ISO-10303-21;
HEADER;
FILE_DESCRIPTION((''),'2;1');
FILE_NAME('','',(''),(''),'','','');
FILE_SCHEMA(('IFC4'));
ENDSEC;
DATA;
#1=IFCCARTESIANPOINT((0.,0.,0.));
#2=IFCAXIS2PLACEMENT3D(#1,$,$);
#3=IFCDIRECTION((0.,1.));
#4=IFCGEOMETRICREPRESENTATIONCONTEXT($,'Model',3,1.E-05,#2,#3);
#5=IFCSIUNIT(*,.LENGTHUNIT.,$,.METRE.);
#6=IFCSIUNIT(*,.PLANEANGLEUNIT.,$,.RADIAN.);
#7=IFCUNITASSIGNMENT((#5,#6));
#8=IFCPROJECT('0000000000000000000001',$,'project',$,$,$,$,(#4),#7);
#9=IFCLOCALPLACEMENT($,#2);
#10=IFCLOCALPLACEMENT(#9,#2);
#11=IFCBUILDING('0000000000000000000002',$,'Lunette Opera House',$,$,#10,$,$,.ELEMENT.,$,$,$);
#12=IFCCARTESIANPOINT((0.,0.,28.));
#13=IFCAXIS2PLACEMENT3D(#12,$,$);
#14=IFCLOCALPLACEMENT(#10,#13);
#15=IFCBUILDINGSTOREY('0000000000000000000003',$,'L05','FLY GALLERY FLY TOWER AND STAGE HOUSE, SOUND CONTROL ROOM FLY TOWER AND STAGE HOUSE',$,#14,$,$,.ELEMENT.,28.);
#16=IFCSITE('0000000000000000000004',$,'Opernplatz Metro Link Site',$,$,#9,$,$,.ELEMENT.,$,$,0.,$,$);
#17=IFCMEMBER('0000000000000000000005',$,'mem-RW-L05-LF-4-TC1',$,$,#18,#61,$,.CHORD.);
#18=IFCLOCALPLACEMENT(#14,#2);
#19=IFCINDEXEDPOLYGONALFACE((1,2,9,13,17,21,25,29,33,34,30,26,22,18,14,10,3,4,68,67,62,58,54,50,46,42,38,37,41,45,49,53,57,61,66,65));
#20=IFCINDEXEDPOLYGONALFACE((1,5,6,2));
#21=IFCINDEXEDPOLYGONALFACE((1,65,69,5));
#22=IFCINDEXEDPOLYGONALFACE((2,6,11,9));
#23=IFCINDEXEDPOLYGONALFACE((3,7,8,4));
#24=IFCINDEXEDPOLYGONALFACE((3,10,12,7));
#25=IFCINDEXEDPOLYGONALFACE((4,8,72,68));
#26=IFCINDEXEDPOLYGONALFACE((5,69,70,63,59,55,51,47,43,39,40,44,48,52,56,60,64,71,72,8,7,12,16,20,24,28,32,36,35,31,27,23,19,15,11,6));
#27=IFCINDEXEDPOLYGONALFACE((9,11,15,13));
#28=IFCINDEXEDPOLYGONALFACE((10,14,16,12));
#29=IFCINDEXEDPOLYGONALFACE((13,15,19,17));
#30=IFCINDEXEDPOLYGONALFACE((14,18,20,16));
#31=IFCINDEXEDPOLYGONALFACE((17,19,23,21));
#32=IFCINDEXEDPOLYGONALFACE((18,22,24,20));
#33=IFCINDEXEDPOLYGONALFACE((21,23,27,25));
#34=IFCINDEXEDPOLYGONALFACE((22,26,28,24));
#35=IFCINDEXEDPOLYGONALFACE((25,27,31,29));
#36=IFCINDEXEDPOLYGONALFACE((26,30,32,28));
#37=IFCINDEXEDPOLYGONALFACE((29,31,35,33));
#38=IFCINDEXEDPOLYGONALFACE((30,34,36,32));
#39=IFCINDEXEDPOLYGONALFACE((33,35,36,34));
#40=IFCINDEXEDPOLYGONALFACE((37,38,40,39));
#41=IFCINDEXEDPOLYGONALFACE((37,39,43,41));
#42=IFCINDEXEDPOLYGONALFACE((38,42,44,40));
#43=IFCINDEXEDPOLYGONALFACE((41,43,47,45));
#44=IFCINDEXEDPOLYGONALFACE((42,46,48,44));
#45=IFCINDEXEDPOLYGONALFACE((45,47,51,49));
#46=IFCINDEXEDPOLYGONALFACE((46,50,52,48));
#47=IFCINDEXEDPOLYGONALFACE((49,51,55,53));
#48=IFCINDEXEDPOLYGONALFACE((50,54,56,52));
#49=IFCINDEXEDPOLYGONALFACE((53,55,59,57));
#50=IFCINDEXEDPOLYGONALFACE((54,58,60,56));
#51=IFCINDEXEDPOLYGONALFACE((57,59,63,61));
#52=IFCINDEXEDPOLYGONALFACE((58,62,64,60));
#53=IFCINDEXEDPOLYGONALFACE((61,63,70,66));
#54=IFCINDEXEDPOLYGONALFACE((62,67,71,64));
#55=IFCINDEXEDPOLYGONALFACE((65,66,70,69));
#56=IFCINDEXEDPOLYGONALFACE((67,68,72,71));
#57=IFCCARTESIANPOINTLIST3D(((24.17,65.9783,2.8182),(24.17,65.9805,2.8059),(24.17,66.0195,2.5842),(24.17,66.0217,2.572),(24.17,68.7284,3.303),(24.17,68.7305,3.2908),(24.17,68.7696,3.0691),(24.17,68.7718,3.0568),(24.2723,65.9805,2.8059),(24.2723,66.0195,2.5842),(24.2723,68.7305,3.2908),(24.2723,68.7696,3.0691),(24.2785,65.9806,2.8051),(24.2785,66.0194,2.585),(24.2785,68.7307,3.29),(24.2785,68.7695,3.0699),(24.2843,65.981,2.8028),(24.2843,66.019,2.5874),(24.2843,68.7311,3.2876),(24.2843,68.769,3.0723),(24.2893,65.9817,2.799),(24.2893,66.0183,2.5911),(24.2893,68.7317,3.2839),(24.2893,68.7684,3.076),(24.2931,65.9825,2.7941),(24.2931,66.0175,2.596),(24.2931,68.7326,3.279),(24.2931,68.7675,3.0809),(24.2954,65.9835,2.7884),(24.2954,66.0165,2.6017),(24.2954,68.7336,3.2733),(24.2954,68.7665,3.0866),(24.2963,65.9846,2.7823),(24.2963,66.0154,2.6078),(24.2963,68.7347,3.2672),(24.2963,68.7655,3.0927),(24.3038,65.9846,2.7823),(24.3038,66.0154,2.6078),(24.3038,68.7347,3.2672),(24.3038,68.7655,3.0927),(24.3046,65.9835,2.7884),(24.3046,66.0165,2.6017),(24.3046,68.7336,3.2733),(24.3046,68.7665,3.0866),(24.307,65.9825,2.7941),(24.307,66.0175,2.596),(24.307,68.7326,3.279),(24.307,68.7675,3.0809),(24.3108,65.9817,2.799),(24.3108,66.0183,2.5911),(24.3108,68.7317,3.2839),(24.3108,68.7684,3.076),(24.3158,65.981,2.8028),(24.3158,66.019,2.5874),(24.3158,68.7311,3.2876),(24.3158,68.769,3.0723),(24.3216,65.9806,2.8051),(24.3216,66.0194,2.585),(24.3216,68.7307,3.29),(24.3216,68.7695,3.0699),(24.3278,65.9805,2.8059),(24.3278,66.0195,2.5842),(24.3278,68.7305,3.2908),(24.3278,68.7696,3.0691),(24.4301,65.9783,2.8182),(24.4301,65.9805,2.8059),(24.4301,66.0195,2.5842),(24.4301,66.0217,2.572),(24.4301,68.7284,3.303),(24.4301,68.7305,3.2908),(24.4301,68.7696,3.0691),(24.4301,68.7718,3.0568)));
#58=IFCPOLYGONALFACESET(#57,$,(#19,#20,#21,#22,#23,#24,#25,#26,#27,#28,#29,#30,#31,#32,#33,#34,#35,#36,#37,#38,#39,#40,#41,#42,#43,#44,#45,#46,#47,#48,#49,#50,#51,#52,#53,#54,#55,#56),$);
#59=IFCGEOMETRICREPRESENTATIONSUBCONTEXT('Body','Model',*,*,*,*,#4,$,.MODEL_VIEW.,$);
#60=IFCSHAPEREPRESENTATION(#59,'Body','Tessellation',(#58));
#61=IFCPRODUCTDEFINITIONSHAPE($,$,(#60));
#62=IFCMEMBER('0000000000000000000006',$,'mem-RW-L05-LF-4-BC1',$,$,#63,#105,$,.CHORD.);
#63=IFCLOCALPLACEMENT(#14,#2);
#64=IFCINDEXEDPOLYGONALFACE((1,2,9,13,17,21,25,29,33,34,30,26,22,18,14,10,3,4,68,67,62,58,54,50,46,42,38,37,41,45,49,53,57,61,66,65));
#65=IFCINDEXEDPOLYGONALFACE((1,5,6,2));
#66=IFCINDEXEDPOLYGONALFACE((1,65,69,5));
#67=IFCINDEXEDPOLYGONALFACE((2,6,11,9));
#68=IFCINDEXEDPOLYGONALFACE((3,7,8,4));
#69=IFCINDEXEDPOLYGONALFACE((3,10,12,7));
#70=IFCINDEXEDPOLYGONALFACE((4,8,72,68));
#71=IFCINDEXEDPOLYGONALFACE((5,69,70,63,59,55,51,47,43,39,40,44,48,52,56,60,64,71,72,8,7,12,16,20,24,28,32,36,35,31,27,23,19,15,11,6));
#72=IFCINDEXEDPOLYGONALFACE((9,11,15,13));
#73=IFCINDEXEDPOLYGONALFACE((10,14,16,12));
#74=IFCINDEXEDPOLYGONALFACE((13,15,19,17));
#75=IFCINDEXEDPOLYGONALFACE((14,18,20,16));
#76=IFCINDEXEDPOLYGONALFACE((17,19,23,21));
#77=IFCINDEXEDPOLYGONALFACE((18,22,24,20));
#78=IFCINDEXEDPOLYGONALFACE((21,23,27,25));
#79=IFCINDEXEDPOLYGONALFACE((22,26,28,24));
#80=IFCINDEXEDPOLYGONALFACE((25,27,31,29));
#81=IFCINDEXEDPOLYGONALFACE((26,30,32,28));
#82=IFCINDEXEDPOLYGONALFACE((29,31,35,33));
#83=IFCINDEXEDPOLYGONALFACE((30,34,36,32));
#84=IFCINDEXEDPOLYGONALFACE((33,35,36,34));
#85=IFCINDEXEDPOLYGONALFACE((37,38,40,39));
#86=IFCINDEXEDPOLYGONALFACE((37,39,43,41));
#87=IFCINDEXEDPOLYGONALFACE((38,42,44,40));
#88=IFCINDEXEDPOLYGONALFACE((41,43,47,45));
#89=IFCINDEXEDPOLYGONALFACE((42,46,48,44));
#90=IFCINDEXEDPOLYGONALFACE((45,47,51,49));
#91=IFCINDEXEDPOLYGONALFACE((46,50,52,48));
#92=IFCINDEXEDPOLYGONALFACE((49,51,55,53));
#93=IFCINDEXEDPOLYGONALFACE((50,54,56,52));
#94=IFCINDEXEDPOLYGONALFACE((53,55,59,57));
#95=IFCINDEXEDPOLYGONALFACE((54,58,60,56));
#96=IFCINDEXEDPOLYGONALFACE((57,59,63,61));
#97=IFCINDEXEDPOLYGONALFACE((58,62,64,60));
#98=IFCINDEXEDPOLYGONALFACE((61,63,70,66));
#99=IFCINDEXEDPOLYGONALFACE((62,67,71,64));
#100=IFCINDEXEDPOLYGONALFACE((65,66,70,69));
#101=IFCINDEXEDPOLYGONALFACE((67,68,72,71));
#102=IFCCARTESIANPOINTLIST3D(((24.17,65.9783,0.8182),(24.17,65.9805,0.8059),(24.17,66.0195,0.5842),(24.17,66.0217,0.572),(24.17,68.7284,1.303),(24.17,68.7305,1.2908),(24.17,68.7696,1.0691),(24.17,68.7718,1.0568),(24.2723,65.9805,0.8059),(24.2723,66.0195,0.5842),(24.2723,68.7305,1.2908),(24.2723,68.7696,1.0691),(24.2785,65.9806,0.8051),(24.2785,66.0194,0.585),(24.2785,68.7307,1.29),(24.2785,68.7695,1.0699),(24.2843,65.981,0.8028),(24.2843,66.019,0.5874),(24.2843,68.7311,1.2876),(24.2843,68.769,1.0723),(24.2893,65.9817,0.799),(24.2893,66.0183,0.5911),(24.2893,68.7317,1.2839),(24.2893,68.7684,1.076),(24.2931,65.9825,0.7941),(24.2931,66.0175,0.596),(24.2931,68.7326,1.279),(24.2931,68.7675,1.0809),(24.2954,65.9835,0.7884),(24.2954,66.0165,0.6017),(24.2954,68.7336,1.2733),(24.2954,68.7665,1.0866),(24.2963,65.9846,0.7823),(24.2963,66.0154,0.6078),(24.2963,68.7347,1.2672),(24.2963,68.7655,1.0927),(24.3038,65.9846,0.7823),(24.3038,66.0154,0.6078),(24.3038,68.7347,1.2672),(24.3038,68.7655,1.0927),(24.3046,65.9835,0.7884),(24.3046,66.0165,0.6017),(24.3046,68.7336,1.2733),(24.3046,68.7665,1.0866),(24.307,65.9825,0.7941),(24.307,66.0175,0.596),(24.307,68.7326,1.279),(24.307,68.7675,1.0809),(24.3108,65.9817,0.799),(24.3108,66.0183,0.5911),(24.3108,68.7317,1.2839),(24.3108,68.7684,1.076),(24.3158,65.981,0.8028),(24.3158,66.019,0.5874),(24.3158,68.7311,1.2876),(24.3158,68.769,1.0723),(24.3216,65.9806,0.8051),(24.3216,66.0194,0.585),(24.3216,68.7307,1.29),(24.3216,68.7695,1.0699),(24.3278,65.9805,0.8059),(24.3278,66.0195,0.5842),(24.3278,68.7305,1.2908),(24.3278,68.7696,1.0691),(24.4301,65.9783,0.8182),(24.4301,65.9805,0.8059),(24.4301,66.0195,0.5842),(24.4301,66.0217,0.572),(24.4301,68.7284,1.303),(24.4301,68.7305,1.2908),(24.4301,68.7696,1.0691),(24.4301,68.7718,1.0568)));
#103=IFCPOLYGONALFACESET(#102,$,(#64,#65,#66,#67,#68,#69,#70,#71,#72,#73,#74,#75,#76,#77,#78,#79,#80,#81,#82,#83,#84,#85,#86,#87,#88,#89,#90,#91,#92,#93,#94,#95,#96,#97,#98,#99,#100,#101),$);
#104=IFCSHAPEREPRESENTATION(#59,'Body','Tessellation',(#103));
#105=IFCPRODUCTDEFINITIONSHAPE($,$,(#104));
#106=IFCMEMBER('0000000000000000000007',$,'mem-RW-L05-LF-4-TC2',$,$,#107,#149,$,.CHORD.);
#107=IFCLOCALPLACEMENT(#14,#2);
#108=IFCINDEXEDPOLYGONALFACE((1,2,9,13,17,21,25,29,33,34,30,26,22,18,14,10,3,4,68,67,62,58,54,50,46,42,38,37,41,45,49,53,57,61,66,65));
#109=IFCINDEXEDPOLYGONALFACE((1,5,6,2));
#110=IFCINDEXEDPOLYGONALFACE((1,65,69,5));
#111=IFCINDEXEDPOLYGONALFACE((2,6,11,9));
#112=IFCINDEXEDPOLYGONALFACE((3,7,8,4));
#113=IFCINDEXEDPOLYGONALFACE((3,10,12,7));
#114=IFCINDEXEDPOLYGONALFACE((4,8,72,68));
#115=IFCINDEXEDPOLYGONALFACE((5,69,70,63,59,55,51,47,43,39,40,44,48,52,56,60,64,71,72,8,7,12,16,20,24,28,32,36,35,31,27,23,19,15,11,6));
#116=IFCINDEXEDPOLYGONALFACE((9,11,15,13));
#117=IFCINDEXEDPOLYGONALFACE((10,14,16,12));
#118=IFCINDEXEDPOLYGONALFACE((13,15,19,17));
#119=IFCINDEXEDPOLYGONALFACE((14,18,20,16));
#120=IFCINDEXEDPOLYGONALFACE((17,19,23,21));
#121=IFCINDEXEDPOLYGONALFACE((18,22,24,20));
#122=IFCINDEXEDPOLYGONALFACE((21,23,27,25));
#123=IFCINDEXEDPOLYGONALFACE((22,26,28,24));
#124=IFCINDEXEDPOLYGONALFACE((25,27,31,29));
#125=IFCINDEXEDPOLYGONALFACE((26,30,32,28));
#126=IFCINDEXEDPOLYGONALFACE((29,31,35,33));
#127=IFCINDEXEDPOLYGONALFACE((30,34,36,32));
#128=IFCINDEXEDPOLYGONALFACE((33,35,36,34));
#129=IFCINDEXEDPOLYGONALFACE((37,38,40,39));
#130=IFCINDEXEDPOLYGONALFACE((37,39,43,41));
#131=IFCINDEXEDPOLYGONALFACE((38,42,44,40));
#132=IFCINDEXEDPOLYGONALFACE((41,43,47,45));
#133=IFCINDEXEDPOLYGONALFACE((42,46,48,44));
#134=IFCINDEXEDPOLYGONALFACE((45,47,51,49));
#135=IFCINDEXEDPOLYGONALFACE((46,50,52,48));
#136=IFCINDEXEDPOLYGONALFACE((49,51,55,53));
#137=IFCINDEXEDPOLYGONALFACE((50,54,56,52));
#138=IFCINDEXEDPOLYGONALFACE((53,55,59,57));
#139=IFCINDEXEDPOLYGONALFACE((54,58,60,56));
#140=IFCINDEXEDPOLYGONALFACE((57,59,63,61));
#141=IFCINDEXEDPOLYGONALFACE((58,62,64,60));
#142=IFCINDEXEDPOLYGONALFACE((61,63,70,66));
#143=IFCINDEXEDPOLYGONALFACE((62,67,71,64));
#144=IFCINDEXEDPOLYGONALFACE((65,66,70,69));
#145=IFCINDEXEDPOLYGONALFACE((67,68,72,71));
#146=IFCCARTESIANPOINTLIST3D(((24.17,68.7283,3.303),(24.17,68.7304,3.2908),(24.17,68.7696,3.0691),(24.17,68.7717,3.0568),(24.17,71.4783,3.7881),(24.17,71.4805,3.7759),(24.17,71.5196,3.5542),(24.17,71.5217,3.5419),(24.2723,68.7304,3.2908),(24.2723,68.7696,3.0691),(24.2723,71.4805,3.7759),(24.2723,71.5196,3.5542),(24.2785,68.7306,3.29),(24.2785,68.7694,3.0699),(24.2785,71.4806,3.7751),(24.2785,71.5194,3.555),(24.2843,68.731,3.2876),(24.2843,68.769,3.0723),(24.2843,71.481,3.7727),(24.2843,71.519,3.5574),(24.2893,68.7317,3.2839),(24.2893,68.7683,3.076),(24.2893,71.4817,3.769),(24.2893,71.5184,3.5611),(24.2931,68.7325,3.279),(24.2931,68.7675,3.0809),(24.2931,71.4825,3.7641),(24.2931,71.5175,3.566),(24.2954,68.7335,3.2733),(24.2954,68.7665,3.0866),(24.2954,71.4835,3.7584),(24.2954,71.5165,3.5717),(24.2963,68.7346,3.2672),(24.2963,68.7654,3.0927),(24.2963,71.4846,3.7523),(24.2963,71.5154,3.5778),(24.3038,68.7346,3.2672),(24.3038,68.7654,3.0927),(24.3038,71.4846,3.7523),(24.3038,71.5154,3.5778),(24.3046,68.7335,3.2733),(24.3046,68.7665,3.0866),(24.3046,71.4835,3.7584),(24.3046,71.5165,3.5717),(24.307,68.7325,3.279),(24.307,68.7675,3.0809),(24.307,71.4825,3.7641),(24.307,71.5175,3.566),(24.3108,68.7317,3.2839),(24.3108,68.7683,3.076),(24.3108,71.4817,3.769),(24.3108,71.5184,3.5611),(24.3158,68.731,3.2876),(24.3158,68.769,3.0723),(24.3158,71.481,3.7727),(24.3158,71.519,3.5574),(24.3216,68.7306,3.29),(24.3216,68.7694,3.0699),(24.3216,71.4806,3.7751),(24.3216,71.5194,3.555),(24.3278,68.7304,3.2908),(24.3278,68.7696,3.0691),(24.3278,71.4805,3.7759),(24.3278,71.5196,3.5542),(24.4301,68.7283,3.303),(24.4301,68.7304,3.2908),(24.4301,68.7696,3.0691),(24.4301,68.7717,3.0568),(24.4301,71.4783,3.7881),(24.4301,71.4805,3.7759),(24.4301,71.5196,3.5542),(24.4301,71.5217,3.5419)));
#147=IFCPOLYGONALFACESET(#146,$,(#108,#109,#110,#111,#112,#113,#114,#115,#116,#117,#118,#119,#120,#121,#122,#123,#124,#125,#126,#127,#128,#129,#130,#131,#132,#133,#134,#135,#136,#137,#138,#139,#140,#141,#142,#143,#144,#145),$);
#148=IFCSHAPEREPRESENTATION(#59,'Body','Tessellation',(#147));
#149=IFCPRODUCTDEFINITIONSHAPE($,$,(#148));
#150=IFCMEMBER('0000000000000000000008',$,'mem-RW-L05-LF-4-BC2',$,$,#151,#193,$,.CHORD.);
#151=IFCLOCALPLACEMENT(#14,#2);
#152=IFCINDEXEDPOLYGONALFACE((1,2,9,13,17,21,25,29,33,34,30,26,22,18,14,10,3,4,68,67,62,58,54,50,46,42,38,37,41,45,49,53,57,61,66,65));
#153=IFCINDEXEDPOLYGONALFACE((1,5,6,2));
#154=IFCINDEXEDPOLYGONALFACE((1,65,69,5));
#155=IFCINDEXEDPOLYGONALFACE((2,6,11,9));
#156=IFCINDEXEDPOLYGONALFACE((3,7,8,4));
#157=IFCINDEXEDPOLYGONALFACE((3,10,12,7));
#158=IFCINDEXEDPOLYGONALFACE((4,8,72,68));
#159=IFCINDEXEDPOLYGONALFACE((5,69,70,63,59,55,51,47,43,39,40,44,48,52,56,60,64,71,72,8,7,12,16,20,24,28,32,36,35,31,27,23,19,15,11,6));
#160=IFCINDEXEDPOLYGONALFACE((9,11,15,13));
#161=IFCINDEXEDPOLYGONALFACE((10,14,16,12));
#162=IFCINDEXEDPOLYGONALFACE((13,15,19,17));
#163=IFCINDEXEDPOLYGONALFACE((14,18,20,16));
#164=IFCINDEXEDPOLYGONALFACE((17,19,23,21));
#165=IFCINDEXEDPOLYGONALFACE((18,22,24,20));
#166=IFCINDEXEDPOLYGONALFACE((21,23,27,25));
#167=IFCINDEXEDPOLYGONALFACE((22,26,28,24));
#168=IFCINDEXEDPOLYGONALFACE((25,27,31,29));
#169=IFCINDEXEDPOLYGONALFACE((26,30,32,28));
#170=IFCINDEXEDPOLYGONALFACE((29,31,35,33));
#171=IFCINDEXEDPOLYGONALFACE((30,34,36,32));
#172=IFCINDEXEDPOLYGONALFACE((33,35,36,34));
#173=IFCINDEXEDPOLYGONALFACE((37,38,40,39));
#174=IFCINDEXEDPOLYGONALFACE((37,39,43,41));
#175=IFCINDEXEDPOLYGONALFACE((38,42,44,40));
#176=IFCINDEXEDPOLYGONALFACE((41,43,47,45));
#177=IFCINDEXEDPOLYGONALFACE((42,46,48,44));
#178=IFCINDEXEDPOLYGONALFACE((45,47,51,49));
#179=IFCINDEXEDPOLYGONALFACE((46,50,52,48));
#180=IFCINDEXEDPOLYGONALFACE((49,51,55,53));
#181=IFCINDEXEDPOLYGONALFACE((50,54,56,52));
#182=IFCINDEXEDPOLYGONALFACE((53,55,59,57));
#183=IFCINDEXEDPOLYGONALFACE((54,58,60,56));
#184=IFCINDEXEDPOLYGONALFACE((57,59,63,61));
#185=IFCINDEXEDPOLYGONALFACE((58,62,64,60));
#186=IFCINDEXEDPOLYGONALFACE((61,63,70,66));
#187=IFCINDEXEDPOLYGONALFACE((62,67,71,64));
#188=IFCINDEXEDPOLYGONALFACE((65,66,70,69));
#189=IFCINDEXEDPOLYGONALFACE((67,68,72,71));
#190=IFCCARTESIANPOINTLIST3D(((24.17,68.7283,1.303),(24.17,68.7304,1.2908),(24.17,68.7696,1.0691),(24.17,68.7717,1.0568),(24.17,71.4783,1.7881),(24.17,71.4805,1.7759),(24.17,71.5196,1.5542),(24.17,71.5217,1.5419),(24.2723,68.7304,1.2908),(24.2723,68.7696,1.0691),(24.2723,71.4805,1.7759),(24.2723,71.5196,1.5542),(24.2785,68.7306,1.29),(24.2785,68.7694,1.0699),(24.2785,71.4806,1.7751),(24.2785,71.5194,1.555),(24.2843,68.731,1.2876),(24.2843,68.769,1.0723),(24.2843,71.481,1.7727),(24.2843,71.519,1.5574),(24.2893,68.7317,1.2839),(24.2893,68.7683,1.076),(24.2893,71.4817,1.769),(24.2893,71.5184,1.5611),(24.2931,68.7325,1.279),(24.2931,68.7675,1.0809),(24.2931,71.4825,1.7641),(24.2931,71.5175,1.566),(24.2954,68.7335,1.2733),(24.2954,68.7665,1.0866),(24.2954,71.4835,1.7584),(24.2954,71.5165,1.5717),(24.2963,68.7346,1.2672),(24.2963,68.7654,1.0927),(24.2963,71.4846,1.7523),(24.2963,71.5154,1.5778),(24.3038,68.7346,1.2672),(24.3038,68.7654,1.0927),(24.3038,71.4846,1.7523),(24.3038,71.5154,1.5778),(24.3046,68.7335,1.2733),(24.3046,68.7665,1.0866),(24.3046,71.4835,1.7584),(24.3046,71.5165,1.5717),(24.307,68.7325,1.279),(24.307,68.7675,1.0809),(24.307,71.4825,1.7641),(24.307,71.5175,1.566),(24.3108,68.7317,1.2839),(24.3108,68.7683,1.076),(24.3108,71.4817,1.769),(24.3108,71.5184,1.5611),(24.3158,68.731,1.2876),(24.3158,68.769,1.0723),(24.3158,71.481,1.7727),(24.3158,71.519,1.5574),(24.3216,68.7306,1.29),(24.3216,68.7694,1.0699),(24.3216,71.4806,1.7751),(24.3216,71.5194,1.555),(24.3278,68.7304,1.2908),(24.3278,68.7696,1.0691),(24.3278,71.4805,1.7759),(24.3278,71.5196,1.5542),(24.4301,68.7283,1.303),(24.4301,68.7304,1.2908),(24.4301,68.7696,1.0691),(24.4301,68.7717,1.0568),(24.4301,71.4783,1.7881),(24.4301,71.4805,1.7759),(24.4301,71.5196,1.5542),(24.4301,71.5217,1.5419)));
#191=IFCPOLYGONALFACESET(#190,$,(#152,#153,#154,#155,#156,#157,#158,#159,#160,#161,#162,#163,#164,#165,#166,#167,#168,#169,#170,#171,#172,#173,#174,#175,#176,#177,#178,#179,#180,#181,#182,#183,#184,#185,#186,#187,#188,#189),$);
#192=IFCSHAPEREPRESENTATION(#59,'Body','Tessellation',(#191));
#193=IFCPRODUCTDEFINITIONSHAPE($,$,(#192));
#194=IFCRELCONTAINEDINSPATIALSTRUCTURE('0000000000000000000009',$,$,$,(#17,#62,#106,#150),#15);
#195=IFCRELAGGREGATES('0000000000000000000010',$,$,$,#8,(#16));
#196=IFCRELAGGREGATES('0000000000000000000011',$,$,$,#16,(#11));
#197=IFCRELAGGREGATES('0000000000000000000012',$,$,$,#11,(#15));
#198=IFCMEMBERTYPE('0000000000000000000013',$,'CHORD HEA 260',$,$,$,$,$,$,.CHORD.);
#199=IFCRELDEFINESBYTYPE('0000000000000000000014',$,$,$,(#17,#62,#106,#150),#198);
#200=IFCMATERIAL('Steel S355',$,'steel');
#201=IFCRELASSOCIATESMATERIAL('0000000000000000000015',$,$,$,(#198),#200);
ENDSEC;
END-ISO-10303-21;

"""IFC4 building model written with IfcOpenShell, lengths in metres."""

from ifc_helpers import new_model, si_unit, direction, frame, origin, origin_2d, place, context, subcontext, project, spatial, i_section, extrude, material, material_profile, profile_set, type_object, element, save


model = new_model("IFC4")

# Units and contexts
model_context = context("Model", 3, precision=1e-05, world=origin(), true_north=direction((0.0, 1.0)))
body_context = subcontext(model_context, "Body", "Model", "MODEL_VIEW")
ifc_project = project(units=[si_unit("LENGTHUNIT", "METRE"), si_unit("PLANEANGLEUNIT", "RADIAN")], contexts=[model_context])

# Site, building, storey
site_placement = place(None, origin())
site = spatial("IfcSite", under=ifc_project, at=site_placement, Name="Opernplatz Metro Link Site", CompositionType="ELEMENT", RefElevation=0.0)
building_placement = place(site_placement, origin())
building = spatial("IfcBuilding", under=site, at=building_placement, Name="Lunette Opera House", CompositionType="ELEMENT")
storey_placement = place(building_placement, frame((0.0, 0.0, 28.0)))
storey = spatial("IfcBuildingStorey", under=building, at=storey_placement, Name="L05", Description="FLY GALLERY FLY TOWER AND STAGE HOUSE, SOUND CONTROL ROOM FLY TOWER AND STAGE HOUSE", CompositionType="ELEMENT", Elevation=28.0)

# Members
ifc_material_1 = material(Name="Steel S355", Category="steel")
ifc_material_profile_1 = material_profile(ifc_material_1, i_section(OverallWidth=0.26, OverallDepth=0.25, WebThickness=0.0076, FlangeThickness=0.0125, FilletRadius=0.0239, at=origin_2d()), Name="HEA 260")
ifc_profile_set_1 = profile_set([ifc_material_profile_1], Name="Steel S355")
member_type_1 = type_object("IfcMemberType", Name="CHORD HEA 260", PredefinedType="CHORD", material=ifc_profile_set_1)
for number, where, z_axis, x_axis, name in (
    (1, (24.3, 66.0, 2.6951), (0.0, 0.98481, 0.173636), (-1.0, 0.0, 0.0), "mem-RW-L05-LF-4-TC1"),
    (2, (24.3, 66.0, 0.6951), (0.0, 0.98481, 0.173636), (-1.0, 0.0, 0.0), "mem-RW-L05-LF-4-BC1"),
    (3, (24.3, 68.75, 3.1799), (0.0, 0.984795, 0.17372), (-1.0, 0.0, 0.0), "mem-RW-L05-LF-4-TC2"),
    (4, (24.3, 68.75, 1.1799), (0.0, 0.984795, 0.17372), (-1.0, 0.0, 0.0), "mem-RW-L05-LF-4-BC2"),
):
    element("IfcMember", number, at=place(storey_placement, frame(where, z_axis=z_axis, x_axis=x_axis)), inside=storey, type_object=member_type_1, Name=name, PredefinedType="CHORD", context=body_context, shape_type="SweptSolid", body=[
        extrude(i_section(OverallWidth=0.26, OverallDepth=0.25, WebThickness=0.0076, FlangeThickness=0.0125, FilletRadius=0.0239, at=origin_2d()), origin(), (0.0, 0.0, 1.0), 2.7925),
    ])

save(model, "model.ifc")
